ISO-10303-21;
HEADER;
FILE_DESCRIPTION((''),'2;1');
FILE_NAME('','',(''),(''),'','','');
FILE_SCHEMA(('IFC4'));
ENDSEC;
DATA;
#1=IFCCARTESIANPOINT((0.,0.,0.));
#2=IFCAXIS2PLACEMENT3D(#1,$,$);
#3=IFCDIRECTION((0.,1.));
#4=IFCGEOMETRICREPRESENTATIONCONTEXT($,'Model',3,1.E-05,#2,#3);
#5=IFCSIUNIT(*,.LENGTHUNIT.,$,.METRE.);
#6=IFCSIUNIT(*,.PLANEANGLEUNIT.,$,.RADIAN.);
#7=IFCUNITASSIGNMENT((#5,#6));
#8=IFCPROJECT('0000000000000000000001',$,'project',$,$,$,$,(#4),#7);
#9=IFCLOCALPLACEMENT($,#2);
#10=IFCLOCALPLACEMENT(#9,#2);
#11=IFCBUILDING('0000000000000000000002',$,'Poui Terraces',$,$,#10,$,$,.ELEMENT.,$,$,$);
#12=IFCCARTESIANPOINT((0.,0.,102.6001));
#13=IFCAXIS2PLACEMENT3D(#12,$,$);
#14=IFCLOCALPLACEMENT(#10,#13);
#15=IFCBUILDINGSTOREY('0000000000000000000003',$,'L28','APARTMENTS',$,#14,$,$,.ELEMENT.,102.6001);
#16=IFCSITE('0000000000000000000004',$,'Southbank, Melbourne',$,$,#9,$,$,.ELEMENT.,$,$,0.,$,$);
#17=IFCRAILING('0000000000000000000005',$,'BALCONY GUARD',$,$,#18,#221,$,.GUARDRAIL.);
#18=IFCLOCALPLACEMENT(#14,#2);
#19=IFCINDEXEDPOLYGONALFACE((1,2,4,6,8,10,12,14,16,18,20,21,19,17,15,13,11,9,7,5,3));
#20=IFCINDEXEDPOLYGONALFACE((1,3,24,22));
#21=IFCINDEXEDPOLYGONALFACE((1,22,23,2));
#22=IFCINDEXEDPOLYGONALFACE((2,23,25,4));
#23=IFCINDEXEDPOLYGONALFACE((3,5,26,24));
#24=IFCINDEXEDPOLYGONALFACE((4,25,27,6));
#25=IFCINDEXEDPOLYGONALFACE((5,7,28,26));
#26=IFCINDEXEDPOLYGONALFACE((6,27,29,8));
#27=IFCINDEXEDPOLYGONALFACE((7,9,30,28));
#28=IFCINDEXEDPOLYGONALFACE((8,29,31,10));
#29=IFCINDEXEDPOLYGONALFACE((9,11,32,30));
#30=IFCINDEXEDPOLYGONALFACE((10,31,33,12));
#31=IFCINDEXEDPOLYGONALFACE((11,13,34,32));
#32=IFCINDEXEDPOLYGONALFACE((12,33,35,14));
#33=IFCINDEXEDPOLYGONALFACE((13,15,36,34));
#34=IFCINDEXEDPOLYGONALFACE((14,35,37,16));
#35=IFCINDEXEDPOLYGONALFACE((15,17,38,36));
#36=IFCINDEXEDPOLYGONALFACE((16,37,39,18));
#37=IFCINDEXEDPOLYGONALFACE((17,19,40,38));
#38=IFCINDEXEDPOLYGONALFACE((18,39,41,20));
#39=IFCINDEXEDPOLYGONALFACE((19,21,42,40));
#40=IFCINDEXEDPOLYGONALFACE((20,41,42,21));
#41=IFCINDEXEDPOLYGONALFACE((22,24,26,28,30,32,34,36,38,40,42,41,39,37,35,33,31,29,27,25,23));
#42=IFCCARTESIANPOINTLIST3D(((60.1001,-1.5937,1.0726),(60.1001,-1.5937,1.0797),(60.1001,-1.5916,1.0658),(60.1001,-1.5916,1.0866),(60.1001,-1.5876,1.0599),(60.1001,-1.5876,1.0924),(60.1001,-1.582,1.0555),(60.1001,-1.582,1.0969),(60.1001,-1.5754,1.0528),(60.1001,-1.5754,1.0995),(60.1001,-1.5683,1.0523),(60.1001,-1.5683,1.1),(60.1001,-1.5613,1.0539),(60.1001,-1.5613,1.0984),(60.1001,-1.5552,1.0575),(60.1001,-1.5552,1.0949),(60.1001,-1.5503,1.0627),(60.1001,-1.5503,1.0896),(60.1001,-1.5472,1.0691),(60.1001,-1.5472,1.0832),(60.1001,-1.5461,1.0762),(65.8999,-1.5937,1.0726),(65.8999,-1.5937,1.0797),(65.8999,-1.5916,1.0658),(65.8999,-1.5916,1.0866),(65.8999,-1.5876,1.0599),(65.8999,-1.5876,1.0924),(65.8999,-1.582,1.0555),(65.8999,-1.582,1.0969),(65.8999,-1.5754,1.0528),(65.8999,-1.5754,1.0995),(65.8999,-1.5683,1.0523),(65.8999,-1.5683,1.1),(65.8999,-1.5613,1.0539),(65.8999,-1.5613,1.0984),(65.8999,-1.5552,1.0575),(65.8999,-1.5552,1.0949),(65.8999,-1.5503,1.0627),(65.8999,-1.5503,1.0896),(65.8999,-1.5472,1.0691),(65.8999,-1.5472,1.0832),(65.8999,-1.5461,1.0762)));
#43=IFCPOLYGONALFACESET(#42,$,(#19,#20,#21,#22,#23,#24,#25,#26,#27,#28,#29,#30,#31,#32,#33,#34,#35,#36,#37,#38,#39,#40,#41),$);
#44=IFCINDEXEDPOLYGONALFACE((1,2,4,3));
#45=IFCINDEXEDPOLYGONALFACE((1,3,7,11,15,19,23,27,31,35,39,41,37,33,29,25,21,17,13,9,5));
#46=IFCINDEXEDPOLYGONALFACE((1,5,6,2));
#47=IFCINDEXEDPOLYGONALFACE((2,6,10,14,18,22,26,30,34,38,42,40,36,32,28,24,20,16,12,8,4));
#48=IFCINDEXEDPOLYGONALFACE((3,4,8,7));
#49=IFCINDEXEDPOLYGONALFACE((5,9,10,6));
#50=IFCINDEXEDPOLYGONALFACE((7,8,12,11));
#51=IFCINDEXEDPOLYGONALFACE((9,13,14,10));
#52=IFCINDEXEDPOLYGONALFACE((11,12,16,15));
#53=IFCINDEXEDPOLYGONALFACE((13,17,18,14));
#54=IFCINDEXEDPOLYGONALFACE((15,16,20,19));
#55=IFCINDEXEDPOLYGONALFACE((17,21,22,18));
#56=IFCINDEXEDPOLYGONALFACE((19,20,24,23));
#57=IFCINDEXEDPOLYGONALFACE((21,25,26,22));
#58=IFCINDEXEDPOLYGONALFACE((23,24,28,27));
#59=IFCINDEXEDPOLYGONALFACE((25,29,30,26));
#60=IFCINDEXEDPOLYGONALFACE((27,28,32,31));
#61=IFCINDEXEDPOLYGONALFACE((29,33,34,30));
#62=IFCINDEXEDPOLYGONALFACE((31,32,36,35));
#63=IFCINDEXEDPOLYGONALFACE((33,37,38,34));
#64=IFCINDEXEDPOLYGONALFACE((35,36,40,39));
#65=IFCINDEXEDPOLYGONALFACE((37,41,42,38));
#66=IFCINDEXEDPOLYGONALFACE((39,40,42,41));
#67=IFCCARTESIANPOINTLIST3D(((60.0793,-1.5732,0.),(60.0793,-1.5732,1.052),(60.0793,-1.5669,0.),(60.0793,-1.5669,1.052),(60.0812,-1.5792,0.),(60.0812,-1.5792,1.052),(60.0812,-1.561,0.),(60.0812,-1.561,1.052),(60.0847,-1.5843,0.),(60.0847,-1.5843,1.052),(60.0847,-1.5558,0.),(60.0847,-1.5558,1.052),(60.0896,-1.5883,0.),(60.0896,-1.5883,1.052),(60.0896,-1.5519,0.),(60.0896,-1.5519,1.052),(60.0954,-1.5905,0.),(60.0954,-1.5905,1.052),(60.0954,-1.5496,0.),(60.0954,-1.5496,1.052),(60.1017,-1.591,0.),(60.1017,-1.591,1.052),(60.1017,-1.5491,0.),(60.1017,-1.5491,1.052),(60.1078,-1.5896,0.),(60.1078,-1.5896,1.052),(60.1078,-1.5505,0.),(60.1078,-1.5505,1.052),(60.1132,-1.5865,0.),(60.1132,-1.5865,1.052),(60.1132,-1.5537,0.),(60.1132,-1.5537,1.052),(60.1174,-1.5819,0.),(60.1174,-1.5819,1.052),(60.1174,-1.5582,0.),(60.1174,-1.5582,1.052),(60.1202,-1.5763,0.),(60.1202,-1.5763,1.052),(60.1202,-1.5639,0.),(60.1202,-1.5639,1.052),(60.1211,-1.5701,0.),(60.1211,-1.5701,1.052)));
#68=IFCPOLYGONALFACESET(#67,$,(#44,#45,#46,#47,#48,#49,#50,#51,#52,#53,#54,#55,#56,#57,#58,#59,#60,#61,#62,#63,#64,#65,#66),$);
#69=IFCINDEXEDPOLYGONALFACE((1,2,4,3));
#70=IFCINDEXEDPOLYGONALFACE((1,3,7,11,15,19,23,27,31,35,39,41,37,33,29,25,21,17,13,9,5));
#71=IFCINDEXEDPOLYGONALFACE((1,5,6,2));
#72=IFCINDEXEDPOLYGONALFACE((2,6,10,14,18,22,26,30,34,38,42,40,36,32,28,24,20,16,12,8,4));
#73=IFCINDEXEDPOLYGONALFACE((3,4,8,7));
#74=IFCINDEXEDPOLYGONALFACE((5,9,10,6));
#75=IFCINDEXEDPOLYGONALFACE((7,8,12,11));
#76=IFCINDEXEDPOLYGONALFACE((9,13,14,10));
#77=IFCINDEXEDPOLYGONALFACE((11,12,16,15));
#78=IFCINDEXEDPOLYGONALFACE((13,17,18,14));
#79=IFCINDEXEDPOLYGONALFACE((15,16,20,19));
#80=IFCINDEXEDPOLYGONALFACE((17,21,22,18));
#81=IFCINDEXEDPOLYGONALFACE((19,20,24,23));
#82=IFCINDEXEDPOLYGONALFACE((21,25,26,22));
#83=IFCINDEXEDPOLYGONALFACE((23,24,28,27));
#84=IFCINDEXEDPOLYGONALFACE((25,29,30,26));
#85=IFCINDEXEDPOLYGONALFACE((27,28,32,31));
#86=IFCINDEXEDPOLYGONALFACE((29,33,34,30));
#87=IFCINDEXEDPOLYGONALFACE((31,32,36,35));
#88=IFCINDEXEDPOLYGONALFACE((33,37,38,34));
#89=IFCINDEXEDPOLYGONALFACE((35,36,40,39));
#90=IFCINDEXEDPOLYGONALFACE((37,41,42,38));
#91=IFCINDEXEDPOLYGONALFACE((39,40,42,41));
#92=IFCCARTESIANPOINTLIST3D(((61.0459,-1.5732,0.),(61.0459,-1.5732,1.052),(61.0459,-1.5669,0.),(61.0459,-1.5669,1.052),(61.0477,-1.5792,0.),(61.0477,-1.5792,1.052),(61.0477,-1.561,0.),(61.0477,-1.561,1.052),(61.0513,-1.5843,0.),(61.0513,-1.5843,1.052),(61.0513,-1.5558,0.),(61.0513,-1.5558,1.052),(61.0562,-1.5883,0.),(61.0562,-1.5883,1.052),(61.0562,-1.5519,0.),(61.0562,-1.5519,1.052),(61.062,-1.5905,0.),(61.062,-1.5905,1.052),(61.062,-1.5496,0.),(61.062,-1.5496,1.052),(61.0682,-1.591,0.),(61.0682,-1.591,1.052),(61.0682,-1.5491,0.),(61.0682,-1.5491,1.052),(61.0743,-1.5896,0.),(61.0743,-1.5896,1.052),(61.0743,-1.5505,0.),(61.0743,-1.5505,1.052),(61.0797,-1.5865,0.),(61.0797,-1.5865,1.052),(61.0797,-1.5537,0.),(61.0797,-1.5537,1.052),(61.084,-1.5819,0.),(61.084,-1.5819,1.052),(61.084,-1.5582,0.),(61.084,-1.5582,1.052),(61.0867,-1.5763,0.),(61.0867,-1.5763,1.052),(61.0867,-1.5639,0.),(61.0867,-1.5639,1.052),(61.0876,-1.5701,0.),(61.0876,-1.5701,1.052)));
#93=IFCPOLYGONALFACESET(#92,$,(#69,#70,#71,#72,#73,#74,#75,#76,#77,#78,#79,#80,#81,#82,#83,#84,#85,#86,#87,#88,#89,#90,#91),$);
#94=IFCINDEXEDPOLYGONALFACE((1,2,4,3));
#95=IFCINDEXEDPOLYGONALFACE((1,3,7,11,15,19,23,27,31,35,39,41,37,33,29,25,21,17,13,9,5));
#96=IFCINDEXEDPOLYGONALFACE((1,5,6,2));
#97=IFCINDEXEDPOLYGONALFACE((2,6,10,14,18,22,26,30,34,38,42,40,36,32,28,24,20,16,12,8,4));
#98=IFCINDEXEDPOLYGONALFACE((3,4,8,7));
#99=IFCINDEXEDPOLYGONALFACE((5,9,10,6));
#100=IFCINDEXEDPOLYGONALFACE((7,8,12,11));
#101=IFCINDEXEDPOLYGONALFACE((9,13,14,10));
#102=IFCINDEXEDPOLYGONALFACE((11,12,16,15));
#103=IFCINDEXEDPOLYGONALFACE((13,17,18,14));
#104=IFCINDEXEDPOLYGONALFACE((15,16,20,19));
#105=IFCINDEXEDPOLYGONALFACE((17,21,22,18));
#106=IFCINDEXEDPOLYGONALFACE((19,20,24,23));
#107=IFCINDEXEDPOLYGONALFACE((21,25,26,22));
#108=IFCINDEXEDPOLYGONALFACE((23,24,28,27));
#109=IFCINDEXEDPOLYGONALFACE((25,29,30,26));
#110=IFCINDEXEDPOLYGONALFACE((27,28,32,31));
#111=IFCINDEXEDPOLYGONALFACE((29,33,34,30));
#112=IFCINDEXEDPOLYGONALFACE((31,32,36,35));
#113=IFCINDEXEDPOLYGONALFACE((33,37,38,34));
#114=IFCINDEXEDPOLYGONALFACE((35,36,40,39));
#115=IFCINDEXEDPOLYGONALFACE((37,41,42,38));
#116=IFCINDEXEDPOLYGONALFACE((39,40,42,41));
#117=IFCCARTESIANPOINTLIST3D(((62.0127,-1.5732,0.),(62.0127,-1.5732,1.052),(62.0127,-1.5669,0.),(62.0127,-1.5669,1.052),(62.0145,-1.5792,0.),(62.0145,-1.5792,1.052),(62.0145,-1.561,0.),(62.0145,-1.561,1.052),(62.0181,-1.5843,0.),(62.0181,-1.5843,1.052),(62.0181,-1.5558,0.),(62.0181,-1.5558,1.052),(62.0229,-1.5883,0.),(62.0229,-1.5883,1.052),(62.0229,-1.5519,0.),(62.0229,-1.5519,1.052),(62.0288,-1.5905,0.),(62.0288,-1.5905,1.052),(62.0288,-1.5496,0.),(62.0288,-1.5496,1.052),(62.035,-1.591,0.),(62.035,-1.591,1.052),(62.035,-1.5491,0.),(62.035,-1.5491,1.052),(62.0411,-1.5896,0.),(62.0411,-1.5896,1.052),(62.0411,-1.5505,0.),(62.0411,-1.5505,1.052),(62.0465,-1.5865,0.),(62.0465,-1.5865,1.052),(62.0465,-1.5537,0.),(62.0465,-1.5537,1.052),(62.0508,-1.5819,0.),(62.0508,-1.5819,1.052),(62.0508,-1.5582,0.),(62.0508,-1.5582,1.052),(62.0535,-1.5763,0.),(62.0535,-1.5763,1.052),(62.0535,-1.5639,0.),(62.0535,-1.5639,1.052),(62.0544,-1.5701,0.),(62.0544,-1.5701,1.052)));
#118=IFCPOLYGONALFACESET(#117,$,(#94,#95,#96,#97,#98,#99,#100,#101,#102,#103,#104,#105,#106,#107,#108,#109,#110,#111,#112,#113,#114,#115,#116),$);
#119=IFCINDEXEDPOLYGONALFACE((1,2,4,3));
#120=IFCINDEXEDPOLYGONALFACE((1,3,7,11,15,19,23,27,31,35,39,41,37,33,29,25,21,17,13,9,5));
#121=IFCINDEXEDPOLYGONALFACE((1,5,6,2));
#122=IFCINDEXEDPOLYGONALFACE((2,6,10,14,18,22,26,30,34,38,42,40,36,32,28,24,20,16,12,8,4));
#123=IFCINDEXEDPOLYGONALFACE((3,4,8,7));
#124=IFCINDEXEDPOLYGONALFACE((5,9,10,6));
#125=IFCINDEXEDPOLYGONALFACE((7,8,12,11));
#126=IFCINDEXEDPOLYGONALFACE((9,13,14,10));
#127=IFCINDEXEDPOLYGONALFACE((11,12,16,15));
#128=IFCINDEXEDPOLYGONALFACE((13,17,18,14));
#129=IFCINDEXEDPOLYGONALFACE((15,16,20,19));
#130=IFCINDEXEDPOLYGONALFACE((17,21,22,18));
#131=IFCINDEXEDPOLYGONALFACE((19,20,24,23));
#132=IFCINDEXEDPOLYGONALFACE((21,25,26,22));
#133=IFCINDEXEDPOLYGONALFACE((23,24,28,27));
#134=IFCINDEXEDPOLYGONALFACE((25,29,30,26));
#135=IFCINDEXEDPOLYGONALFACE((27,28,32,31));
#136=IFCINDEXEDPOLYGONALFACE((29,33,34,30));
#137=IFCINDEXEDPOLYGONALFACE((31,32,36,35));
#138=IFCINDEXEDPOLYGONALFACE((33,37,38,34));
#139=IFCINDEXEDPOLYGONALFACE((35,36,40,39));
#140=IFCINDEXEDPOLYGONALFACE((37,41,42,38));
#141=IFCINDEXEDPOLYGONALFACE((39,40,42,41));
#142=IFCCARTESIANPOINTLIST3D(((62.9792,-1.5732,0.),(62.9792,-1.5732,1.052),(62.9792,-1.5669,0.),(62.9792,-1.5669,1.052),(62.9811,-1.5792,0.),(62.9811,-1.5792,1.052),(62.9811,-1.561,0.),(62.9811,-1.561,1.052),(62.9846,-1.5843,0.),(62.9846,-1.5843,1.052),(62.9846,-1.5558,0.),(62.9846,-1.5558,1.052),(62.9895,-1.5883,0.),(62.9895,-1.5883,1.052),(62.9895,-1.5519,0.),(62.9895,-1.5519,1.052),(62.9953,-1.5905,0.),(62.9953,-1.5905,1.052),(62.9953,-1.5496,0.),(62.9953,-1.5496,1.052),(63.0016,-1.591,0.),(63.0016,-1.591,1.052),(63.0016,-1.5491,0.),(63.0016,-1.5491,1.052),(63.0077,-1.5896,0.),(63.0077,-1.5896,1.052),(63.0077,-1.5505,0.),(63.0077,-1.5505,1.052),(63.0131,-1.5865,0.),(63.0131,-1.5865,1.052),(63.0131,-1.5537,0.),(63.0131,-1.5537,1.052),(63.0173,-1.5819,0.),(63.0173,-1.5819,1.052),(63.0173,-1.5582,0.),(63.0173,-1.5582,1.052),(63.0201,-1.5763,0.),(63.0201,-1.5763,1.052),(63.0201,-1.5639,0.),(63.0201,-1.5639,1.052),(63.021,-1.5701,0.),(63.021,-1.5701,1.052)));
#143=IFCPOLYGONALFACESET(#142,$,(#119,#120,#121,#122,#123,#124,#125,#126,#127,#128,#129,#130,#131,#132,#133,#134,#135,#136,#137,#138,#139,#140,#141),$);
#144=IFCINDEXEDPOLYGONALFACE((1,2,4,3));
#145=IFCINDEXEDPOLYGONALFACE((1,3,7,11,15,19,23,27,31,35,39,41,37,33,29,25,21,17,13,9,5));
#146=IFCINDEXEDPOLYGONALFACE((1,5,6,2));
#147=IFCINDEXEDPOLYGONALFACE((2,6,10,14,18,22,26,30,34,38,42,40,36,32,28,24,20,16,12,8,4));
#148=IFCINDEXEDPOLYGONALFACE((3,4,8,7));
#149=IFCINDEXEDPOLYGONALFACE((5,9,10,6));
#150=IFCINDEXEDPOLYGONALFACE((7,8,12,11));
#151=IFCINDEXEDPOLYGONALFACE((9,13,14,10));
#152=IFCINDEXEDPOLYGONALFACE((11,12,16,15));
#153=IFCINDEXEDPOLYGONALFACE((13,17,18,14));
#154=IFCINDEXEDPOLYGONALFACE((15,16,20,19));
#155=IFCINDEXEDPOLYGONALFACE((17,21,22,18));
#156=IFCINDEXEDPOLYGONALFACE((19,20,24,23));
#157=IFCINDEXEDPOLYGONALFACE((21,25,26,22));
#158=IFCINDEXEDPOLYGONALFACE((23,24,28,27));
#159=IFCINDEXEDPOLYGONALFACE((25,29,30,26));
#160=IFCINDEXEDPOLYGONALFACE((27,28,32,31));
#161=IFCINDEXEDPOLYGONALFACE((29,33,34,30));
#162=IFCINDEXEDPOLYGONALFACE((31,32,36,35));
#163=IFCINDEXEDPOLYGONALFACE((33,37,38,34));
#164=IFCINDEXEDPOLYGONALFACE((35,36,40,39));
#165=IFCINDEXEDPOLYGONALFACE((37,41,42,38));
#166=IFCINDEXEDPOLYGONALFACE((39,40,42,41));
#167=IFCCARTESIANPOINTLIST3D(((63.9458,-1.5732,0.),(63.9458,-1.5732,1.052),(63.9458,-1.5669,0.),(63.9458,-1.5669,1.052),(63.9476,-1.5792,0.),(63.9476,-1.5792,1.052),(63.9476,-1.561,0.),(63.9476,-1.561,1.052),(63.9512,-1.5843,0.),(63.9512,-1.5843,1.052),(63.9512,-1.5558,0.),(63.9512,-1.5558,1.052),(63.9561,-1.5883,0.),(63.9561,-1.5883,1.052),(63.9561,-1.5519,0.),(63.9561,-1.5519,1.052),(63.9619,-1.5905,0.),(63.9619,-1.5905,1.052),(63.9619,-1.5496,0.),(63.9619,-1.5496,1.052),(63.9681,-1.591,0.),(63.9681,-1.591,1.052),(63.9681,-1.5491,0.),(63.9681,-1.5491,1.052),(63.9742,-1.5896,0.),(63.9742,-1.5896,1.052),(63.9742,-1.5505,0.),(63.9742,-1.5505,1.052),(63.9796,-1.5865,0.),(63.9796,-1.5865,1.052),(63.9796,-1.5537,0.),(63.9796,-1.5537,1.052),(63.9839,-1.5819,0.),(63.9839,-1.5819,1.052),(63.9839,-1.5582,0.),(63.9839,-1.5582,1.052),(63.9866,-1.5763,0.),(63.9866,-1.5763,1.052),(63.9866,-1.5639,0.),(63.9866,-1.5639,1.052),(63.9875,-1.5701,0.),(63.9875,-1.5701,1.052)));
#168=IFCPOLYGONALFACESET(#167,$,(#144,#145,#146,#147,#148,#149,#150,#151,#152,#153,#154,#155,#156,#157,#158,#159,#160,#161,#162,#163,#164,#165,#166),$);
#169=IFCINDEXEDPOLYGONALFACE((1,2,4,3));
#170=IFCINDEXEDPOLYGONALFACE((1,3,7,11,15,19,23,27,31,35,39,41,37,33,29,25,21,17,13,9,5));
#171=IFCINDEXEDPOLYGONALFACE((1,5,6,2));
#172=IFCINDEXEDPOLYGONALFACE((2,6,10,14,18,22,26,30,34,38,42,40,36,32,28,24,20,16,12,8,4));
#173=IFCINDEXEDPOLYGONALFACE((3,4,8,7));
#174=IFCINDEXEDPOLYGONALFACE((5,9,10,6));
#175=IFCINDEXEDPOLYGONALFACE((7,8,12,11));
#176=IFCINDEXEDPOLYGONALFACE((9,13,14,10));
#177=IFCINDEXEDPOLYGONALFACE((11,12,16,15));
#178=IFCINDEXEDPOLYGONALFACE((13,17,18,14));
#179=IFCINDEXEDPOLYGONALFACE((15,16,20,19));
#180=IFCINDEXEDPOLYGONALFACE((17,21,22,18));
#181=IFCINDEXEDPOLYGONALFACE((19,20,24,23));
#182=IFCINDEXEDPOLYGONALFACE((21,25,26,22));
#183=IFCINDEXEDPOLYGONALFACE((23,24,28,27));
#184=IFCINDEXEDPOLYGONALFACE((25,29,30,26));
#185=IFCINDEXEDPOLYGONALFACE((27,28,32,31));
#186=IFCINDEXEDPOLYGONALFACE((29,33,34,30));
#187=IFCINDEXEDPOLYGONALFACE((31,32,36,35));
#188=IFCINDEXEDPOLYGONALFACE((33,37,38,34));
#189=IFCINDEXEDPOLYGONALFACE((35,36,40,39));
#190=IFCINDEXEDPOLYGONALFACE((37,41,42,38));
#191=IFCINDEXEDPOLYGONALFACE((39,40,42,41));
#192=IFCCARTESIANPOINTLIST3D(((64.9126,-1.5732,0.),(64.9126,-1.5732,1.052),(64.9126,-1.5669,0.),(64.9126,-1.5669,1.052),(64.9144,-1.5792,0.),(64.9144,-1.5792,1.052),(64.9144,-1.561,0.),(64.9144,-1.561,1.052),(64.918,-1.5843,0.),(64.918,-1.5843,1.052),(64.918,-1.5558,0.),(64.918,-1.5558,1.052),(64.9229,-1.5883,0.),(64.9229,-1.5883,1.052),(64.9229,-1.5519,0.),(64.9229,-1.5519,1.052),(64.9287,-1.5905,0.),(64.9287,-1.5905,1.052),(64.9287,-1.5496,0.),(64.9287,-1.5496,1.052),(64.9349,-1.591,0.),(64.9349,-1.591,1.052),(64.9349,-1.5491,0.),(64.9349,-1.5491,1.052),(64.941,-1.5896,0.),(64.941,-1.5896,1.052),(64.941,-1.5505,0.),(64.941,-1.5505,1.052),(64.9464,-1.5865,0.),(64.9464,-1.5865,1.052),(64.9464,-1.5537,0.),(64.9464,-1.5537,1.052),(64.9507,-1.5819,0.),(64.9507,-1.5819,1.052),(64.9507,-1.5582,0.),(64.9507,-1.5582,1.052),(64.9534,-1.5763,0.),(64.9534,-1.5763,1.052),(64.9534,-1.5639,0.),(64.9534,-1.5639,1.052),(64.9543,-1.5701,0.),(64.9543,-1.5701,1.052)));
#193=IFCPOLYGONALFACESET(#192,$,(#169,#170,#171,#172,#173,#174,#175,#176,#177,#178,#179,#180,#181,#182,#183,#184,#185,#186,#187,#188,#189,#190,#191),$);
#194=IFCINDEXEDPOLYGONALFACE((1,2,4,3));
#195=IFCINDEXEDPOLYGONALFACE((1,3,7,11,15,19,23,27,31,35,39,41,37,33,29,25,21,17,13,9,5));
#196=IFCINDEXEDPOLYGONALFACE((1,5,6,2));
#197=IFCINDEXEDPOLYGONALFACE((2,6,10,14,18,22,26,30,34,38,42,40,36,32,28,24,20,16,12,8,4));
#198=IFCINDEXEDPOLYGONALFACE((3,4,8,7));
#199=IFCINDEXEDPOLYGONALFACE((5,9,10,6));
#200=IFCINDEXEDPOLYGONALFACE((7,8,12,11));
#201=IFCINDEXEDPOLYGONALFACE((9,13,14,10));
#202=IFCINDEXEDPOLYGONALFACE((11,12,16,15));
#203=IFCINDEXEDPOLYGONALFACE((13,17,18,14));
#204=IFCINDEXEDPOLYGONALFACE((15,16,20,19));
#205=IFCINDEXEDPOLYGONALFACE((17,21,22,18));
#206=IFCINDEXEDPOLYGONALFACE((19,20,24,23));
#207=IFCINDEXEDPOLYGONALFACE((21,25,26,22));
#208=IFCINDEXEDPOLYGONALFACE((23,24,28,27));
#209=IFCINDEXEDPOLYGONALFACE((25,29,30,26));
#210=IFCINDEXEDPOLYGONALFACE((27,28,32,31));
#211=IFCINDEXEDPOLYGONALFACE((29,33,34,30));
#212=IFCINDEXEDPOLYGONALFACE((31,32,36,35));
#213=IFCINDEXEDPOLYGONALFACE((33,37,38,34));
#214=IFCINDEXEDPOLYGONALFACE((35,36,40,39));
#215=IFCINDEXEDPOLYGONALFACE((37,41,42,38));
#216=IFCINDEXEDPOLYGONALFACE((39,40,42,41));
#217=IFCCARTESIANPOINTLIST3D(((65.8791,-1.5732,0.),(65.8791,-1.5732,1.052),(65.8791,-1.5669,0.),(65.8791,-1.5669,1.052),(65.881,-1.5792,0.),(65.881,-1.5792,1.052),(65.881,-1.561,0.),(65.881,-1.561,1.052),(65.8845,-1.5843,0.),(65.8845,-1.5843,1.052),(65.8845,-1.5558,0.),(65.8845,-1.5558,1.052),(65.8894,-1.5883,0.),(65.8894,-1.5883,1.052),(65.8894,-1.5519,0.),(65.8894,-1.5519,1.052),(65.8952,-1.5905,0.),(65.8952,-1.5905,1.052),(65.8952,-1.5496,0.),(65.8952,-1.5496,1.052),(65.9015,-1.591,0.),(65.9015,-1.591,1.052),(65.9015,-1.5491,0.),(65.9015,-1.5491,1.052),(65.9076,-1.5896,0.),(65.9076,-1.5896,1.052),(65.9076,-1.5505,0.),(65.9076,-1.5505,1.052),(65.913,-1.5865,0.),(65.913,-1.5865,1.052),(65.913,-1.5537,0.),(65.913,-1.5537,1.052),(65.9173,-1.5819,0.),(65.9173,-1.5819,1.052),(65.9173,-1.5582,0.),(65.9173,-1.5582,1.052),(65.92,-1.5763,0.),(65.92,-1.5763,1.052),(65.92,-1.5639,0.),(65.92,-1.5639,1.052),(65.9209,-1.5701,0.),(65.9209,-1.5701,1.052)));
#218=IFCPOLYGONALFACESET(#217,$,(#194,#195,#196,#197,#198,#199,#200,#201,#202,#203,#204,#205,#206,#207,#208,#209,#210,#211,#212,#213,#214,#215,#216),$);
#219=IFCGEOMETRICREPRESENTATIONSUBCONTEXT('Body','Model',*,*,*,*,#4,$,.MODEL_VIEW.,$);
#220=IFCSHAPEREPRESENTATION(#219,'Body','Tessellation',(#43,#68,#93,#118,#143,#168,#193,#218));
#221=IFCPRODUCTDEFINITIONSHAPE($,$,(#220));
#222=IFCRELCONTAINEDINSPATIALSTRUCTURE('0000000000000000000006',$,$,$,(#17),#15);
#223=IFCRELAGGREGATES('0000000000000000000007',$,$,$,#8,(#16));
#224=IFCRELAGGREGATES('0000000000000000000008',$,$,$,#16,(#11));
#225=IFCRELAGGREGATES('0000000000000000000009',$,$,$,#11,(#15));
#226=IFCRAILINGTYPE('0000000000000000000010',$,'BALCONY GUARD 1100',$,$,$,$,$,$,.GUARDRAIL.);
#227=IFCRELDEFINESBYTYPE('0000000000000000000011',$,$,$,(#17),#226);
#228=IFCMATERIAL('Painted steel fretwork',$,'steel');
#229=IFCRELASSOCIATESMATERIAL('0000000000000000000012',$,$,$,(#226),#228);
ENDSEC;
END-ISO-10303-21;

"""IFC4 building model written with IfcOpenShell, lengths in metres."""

from ifc_helpers import new_model, si_unit, direction, frame, origin, origin_2d, place, context, subcontext, project, spatial, circle, extrude, material, type_object, element, save


model = new_model("IFC4")

# Units and contexts
model_context = context("Model", 3, precision=1e-05, world=origin(), true_north=direction((0.0, 1.0)))
body_context = subcontext(model_context, "Body", "Model", "MODEL_VIEW")
ifc_project = project(units=[si_unit("LENGTHUNIT", "METRE"), si_unit("PLANEANGLEUNIT", "RADIAN")], contexts=[model_context])

# Site, building, storey
site_placement = place(None, origin())
site = spatial("IfcSite", under=ifc_project, at=site_placement, Name="Southbank, Melbourne", CompositionType="ELEMENT", RefElevation=0.0)
building_placement = place(site_placement, origin())
building = spatial("IfcBuilding", under=site, at=building_placement, Name="Poui Terraces", CompositionType="ELEMENT")
storey_placement = place(building_placement, frame((0.0, 0.0, 102.6001)))
storey = spatial("IfcBuildingStorey", under=building, at=storey_placement, Name="L28", Description="APARTMENTS", CompositionType="ELEMENT", Elevation=102.6001)

# Railing
ifc_material_1 = material(Name="Painted steel fretwork", Category="steel")
railing_type = type_object("IfcRailingType", Name="BALCONY GUARD 1100", PredefinedType="GUARDRAIL", material=ifc_material_1)
railing_placement = place(storey_placement, frame((60.1001, -1.5701, 0.0)))
element("IfcRailing", 1, at=railing_placement, inside=storey, type_object=railing_type, Name="BALCONY GUARD", PredefinedType="GUARDRAIL", context=body_context, shape_type="SweptSolid", body=[
    extrude(circle(Radius=0.0239, at=origin_2d()), frame((0.0, 0.0, 1.0762), z_axis=(1.0, 0.0, 0.0), x_axis=(0.0, 1.0, 0.0)), (0.0, 0.0, 1.0), 5.7998),
    extrude(circle(Radius=0.021, at=origin_2d()), origin(), (0.0, 0.0, 1.0), 1.052),
    extrude(circle(Radius=0.021, at=origin_2d()), frame((0.9666, 0.0, 0.0)), (0.0, 0.0, 1.0), 1.052),
    extrude(circle(Radius=0.021, at=origin_2d()), frame((1.9333, 0.0, 0.0)), (0.0, 0.0, 1.0), 1.052),
    extrude(circle(Radius=0.021, at=origin_2d()), frame((2.8999, 0.0, 0.0)), (0.0, 0.0, 1.0), 1.052),
    extrude(circle(Radius=0.021, at=origin_2d()), frame((3.8665, 0.0, 0.0)), (0.0, 0.0, 1.0), 1.052),
    extrude(circle(Radius=0.021, at=origin_2d()), frame((4.8333, 0.0, 0.0)), (0.0, 0.0, 1.0), 1.052),
    extrude(circle(Radius=0.021, at=origin_2d()), frame((5.7998, 0.0, 0.0)), (0.0, 0.0, 1.0), 1.052),
])

save(model, "model.ifc")
